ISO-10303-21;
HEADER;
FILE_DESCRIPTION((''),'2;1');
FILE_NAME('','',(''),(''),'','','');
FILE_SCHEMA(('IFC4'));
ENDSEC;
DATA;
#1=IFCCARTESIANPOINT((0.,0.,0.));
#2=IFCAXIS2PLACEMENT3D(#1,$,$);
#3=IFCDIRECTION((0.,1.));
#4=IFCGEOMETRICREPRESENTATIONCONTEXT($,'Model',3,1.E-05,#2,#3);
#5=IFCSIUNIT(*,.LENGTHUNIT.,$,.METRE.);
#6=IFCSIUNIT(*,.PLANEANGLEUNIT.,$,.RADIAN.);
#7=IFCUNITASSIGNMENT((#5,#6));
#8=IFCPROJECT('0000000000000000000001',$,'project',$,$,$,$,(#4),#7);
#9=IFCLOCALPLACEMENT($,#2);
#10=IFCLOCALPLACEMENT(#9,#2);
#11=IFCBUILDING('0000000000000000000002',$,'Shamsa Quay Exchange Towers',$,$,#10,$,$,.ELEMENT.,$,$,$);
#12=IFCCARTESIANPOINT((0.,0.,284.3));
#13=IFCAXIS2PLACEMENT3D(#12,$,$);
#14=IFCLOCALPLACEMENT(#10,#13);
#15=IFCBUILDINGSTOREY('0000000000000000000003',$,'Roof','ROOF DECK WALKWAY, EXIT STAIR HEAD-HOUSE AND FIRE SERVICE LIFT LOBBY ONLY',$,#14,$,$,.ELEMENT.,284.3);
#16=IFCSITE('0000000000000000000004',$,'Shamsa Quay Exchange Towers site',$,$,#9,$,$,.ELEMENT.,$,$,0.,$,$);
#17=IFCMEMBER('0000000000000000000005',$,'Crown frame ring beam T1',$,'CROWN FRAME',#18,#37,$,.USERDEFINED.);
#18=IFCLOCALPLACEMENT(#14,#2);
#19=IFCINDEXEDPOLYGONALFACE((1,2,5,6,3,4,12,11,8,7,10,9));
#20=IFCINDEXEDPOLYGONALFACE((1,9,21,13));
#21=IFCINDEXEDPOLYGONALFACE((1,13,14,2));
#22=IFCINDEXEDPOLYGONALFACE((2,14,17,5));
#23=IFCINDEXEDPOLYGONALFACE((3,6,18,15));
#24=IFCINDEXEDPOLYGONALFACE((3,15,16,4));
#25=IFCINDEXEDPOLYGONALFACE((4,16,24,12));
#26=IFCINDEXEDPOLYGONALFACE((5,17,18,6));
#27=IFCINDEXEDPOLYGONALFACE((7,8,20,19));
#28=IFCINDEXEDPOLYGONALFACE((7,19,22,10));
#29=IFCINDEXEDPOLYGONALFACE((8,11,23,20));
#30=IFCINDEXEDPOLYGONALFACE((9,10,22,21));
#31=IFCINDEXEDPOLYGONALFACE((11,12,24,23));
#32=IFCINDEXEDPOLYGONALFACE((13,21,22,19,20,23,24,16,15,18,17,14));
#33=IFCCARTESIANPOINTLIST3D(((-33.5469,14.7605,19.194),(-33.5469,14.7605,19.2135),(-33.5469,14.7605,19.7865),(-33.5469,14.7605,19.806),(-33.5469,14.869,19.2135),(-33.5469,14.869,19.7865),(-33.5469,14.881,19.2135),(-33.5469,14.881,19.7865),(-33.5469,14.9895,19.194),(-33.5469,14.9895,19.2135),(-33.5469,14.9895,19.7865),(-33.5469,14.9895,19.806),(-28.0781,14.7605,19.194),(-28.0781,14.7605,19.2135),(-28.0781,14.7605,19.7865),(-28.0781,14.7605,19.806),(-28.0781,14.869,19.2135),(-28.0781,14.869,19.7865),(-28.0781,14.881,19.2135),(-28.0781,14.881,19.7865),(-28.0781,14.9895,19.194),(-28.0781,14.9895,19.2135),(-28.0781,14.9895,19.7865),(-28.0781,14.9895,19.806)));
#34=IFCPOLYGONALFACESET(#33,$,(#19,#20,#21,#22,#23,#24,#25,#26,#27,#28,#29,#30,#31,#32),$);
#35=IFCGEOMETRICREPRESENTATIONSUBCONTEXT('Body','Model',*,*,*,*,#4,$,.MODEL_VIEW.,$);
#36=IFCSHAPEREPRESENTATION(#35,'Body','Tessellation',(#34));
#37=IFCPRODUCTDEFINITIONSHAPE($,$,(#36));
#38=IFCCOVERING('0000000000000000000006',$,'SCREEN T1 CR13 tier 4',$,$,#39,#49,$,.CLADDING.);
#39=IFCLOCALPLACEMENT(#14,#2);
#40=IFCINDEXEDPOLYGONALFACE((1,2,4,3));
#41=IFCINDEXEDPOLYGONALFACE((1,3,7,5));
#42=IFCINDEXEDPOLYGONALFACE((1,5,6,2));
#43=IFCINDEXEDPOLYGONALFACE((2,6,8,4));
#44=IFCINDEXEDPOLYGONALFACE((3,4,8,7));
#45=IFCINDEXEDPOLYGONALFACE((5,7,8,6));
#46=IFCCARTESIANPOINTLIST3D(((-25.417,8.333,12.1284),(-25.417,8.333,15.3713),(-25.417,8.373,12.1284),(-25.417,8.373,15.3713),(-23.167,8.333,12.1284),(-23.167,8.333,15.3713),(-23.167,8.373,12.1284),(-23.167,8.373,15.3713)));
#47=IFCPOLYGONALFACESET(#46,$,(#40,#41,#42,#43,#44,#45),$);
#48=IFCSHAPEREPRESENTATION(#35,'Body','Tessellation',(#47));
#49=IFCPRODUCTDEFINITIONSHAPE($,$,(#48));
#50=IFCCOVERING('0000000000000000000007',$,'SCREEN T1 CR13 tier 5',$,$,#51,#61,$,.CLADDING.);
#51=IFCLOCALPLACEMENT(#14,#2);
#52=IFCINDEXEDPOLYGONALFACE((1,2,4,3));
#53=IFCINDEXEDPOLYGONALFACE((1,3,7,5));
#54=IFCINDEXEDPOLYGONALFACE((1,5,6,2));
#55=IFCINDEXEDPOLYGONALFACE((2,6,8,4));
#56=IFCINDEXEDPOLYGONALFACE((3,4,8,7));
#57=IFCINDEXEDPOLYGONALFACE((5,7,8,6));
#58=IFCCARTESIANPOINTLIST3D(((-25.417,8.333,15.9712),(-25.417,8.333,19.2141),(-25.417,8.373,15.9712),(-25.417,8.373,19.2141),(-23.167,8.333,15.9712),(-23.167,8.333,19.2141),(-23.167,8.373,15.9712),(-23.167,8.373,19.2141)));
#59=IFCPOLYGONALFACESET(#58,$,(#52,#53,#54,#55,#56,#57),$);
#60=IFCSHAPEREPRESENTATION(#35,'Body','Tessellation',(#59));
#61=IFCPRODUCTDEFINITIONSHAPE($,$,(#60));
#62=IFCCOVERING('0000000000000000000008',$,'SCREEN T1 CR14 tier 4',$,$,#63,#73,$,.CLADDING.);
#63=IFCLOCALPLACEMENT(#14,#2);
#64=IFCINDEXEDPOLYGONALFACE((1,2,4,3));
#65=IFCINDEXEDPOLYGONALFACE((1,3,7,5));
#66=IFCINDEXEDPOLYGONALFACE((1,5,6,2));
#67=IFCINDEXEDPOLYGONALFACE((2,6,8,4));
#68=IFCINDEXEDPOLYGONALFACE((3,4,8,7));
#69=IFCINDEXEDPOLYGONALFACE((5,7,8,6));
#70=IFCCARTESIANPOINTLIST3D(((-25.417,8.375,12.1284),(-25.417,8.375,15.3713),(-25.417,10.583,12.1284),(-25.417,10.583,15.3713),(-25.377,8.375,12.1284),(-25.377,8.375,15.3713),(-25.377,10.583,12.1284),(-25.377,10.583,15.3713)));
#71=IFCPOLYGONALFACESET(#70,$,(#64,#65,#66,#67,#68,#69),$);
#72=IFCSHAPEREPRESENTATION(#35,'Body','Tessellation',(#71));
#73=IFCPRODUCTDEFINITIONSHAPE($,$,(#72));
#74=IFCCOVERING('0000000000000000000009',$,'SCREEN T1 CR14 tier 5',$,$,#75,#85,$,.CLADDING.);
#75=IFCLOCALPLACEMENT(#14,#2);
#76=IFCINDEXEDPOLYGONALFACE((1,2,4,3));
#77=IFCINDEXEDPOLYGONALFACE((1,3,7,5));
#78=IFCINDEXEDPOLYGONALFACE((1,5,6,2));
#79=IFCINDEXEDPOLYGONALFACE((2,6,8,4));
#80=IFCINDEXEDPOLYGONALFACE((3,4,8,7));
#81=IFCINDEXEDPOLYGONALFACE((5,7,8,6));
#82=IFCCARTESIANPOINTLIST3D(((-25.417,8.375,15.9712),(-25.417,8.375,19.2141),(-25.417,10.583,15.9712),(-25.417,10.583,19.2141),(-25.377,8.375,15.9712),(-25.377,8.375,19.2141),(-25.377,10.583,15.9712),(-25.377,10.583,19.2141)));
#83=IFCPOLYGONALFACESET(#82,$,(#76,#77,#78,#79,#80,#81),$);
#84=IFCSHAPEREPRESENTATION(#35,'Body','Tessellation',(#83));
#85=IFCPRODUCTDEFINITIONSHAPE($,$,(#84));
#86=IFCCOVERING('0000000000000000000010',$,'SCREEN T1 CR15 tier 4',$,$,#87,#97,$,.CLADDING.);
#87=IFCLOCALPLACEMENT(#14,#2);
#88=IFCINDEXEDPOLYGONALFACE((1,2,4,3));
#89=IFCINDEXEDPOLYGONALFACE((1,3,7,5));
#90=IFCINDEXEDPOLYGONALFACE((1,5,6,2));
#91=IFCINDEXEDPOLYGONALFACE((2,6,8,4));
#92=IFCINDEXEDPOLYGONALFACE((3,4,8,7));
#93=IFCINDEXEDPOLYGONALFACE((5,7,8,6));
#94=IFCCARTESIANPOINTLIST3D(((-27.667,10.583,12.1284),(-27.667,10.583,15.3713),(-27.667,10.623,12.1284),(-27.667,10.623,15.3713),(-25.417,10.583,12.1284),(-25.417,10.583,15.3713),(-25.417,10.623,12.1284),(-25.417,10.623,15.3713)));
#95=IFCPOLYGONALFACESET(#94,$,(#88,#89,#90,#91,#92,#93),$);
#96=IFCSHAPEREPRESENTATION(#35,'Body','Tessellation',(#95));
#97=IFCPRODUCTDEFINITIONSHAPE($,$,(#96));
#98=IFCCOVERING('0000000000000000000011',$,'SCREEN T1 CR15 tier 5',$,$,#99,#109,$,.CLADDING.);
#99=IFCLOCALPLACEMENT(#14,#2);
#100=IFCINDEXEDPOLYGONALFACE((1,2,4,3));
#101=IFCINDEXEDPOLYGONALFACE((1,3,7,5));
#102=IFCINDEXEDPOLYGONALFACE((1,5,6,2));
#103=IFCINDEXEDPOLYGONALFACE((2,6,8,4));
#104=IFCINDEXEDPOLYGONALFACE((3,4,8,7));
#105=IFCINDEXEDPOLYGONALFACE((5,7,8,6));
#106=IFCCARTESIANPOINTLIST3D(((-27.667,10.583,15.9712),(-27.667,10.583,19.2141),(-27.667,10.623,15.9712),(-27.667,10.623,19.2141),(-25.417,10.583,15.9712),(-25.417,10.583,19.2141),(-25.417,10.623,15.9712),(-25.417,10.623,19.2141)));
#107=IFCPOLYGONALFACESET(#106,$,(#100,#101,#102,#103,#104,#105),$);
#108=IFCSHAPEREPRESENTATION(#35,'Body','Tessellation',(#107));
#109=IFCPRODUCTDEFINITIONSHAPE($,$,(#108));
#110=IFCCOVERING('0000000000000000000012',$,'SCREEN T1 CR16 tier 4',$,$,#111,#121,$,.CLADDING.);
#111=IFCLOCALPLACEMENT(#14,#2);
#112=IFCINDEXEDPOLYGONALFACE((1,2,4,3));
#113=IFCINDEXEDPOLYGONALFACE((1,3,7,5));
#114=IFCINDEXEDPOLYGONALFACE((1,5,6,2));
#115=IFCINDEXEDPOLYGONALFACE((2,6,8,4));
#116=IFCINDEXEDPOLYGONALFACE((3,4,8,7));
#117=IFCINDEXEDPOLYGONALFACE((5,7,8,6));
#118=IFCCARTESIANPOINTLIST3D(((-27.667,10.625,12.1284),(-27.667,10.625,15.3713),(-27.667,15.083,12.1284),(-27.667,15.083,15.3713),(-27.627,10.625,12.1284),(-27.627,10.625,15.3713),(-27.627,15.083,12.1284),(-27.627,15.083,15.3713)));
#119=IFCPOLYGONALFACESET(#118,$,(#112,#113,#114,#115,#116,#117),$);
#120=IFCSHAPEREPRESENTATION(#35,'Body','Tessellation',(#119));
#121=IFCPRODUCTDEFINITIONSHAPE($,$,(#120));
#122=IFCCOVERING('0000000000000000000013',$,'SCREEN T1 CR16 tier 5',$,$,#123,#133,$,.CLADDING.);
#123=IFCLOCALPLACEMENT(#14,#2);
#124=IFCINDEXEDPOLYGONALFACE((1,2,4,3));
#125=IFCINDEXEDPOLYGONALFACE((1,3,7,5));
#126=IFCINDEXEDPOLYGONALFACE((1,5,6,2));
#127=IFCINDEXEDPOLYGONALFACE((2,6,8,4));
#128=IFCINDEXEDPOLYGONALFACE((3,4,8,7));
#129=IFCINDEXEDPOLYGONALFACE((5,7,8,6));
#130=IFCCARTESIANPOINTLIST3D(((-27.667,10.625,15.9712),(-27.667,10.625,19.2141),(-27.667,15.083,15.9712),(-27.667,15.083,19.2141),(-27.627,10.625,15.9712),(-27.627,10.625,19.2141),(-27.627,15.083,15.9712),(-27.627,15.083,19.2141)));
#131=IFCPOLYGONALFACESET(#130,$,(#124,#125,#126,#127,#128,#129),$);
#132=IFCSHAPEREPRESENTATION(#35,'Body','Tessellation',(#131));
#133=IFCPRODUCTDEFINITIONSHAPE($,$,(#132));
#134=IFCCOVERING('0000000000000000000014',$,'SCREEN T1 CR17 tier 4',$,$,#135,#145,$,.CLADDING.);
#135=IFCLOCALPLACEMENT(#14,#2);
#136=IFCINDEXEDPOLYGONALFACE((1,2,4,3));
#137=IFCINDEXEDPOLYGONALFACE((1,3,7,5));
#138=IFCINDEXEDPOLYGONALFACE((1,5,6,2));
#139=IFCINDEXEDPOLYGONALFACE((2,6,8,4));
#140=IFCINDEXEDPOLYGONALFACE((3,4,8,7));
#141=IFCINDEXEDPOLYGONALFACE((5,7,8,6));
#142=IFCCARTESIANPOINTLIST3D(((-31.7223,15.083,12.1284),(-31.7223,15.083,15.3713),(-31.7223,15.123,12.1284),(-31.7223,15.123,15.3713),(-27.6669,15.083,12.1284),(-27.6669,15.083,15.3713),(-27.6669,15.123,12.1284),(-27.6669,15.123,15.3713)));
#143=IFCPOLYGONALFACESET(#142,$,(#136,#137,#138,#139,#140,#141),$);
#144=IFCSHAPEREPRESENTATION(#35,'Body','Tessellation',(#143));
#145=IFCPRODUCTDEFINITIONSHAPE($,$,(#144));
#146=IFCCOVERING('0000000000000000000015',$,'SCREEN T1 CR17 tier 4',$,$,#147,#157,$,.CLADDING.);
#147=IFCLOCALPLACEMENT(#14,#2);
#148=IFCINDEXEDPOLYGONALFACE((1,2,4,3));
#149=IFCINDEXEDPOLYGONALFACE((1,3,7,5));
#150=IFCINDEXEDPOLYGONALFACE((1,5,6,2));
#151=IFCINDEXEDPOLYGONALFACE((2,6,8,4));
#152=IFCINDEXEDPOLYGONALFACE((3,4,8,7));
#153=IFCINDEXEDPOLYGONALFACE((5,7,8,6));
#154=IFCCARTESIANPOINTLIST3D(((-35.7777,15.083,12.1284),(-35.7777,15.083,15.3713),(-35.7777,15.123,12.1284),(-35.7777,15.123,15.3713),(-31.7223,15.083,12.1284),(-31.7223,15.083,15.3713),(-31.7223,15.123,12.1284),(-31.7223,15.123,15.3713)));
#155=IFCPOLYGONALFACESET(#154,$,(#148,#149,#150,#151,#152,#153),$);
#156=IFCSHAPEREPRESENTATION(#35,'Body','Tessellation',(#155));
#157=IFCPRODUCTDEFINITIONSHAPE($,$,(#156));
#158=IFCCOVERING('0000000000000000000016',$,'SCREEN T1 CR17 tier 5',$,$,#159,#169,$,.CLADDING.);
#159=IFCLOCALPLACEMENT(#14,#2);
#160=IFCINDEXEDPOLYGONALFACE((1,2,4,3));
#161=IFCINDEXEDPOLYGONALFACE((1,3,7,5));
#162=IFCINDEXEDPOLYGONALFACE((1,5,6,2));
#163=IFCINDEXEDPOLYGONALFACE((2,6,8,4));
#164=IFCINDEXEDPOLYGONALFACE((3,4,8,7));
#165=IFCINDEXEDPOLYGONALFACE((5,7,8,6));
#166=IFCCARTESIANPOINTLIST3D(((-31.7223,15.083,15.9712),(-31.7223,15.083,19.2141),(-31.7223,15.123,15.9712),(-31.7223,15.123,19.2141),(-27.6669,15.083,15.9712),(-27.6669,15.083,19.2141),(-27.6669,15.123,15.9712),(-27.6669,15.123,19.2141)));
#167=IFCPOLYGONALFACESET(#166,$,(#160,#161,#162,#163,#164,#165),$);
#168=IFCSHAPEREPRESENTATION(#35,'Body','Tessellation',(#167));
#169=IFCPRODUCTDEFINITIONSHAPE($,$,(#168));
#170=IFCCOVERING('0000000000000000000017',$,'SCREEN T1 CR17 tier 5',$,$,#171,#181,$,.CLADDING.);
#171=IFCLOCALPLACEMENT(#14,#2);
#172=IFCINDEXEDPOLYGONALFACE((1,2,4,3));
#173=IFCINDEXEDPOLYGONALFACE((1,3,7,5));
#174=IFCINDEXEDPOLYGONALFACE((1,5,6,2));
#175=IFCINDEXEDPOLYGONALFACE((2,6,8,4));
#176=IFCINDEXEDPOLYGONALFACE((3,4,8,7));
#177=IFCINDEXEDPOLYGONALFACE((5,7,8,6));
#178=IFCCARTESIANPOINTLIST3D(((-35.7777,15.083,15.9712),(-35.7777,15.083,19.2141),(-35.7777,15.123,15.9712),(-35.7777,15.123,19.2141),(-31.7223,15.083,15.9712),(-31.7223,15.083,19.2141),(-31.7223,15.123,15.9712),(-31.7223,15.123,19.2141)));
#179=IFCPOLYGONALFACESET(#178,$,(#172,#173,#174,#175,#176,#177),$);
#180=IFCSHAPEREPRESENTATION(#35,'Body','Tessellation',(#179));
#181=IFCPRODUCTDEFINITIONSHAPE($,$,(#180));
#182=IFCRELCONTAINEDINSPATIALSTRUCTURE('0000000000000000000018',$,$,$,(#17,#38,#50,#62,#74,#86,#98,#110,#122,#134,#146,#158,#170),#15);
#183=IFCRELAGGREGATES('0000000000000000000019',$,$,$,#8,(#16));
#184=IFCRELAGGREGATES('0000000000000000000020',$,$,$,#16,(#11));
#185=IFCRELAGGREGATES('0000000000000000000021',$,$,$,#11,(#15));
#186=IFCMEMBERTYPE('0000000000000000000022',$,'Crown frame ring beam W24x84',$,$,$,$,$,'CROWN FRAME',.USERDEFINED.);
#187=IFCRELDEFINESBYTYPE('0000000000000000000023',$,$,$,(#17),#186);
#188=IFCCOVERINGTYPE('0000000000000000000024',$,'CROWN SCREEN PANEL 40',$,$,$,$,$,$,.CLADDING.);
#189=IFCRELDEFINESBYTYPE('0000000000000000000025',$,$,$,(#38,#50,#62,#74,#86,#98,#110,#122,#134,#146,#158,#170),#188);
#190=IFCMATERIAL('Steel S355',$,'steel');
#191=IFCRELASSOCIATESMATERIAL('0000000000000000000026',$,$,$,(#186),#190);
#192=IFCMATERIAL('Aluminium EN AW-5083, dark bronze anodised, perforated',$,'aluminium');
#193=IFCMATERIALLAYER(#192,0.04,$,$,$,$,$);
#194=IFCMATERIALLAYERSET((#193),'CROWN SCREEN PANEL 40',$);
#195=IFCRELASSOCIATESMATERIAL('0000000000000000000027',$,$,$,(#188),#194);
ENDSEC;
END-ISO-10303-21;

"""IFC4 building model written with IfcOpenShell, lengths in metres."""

from ifc_helpers import new_model, si_unit, direction, frame, origin, origin_2d, place, context, subcontext, project, spatial, rectangle, i_section, extrude, material, layer, layer_set, material_profile, profile_set, type_object, element, save


model = new_model("IFC4")

# Units and contexts
model_context = context("Model", 3, precision=1e-05, world=origin(), true_north=direction((0.0, 1.0)))
body_context = subcontext(model_context, "Body", "Model", "MODEL_VIEW")
ifc_project = project(units=[si_unit("LENGTHUNIT", "METRE"), si_unit("PLANEANGLEUNIT", "RADIAN")], contexts=[model_context])

# Site, building, storey
site_placement = place(None, origin())
site = spatial("IfcSite", under=ifc_project, at=site_placement, Name="Shamsa Quay Exchange Towers site", CompositionType="ELEMENT", RefElevation=0.0)
building_placement = place(site_placement, origin())
building = spatial("IfcBuilding", under=site, at=building_placement, Name="Shamsa Quay Exchange Towers", CompositionType="ELEMENT")
storey_placement = place(building_placement, frame((0.0, 0.0, 284.3)))
storey = spatial("IfcBuildingStorey", under=building, at=storey_placement, Name="Roof", Description="ROOF DECK WALKWAY, EXIT STAIR HEAD-HOUSE AND FIRE SERVICE LIFT LOBBY ONLY", CompositionType="ELEMENT", Elevation=284.3)

# Member
ifc_material_1 = material(Name="Steel S355", Category="steel")
ifc_material_profile_1 = material_profile(ifc_material_1, i_section(OverallWidth=0.229, OverallDepth=0.6121, WebThickness=0.012, FlangeThickness=0.0195, at=origin_2d()), Name="W24x84")
ifc_profile_set_1 = profile_set([ifc_material_profile_1], Name="Steel S355")
member_type_1 = type_object("IfcMemberType", Name="Crown frame ring beam W24x84", ElementType="CROWN FRAME", PredefinedType="USERDEFINED", material=ifc_profile_set_1)
member_1_placement = place(storey_placement, frame((-28.0781, 14.875, 19.5), z_axis=(-1.0, 0.0, 0.0), x_axis=(0.0, -1.0, 0.0)))
element("IfcMember", 1, at=member_1_placement, inside=storey, type_object=member_type_1, Name="Crown frame ring beam T1", ObjectType="CROWN FRAME", PredefinedType="USERDEFINED", context=body_context, shape_type="SweptSolid", body=[
    extrude(i_section(OverallWidth=0.229, OverallDepth=0.6121, WebThickness=0.012, FlangeThickness=0.0195, at=origin_2d()), origin(), (0.0, 0.0, 1.0), 5.4688),
])

# Coverings
ifc_material_2 = material(Name="Aluminium EN AW-5083, dark bronze anodised, perforated", Category="aluminium")
ifc_layer = layer(ifc_material_2, 0.04)
ifc_layer_set = layer_set([ifc_layer], Name="CROWN SCREEN PANEL 40")
covering_type = type_object("IfcCoveringType", Name="CROWN SCREEN PANEL 40", PredefinedType="CLADDING", material=ifc_layer_set)
for number, where, z_axis, x_axis, name in (
    (2, (-24.292, 8.353, 12.1284), (0.0, 0.0, 1.0), (-1.0, 0.0, 0.0), "SCREEN T1 CR13 tier 4"),
    (3, (-24.292, 8.353, 15.9712), (0.0, 0.0, 1.0), (-1.0, 0.0, 0.0), "SCREEN T1 CR13 tier 5"),
):
    element("IfcCovering", number, at=place(storey_placement, frame(where, z_axis=z_axis, x_axis=x_axis)), inside=storey, type_object=covering_type, Name=name, PredefinedType="CLADDING", context=body_context, shape_type="SweptSolid", body=[
        extrude(rectangle(XDim=2.25, YDim=0.04, at=origin_2d()), origin(), (0.0, 0.0, 1.0), 3.2429),
    ])
for number, where, z_axis, x_axis, name in (
    (4, (-25.397, 9.479, 12.1284), (0.0, 0.0, 1.0), (0.0, 1.0, 0.0), "SCREEN T1 CR14 tier 4"),
    (5, (-25.397, 9.479, 15.9712), (0.0, 0.0, 1.0), (0.0, 1.0, 0.0), "SCREEN T1 CR14 tier 5"),
):
    element("IfcCovering", number, at=place(storey_placement, frame(where, z_axis=z_axis, x_axis=x_axis)), inside=storey, type_object=covering_type, Name=name, PredefinedType="CLADDING", context=body_context, shape_type="SweptSolid", body=[
        extrude(rectangle(XDim=2.208, YDim=0.04, at=origin_2d()), origin(), (0.0, 0.0, 1.0), 3.2429),
    ])
for number, where, z_axis, x_axis, name in (
    (6, (-26.542, 10.603, 12.1284), (0.0, 0.0, 1.0), (-1.0, 0.0, 0.0), "SCREEN T1 CR15 tier 4"),
    (7, (-26.542, 10.603, 15.9712), (0.0, 0.0, 1.0), (-1.0, 0.0, 0.0), "SCREEN T1 CR15 tier 5"),
):
    element("IfcCovering", number, at=place(storey_placement, frame(where, z_axis=z_axis, x_axis=x_axis)), inside=storey, type_object=covering_type, Name=name, PredefinedType="CLADDING", context=body_context, shape_type="SweptSolid", body=[
        extrude(rectangle(XDim=2.25, YDim=0.04, at=origin_2d()), origin(), (0.0, 0.0, 1.0), 3.2429),
    ])
for number, where, z_axis, x_axis, name in (
    (8, (-27.647, 12.854, 12.1284), (0.0, 0.0, 1.0), (0.0, 1.0, 0.0), "SCREEN T1 CR16 tier 4"),
    (9, (-27.647, 12.854, 15.9712), (0.0, 0.0, 1.0), (0.0, 1.0, 0.0), "SCREEN T1 CR16 tier 5"),
):
    element("IfcCovering", number, at=place(storey_placement, frame(where, z_axis=z_axis, x_axis=x_axis)), inside=storey, type_object=covering_type, Name=name, PredefinedType="CLADDING", context=body_context, shape_type="SweptSolid", body=[
        extrude(rectangle(XDim=4.458, YDim=0.04, at=origin_2d()), origin(), (0.0, 0.0, 1.0), 3.2429),
    ])
for number, where, z_axis, x_axis, name in (
    (10, (-29.6946, 15.103, 12.1284), (0.0, 0.0, 1.0), (-1.0, 0.0, 0.0), "SCREEN T1 CR17 tier 4"),
    (11, (-33.75, 15.103, 12.1284), (0.0, 0.0, 1.0), (-1.0, 0.0, 0.0), "SCREEN T1 CR17 tier 4"),
    (12, (-29.6946, 15.103, 15.9712), (0.0, 0.0, 1.0), (-1.0, 0.0, 0.0), "SCREEN T1 CR17 tier 5"),
    (13, (-33.75, 15.103, 15.9712), (0.0, 0.0, 1.0), (-1.0, 0.0, 0.0), "SCREEN T1 CR17 tier 5"),
):
    element("IfcCovering", number, at=place(storey_placement, frame(where, z_axis=z_axis, x_axis=x_axis)), inside=storey, type_object=covering_type, Name=name, PredefinedType="CLADDING", context=body_context, shape_type="SweptSolid", body=[
        extrude(rectangle(XDim=4.0554, YDim=0.04, at=origin_2d()), origin(), (0.0, 0.0, 1.0), 3.2429),
    ])

save(model, "model.ifc")
